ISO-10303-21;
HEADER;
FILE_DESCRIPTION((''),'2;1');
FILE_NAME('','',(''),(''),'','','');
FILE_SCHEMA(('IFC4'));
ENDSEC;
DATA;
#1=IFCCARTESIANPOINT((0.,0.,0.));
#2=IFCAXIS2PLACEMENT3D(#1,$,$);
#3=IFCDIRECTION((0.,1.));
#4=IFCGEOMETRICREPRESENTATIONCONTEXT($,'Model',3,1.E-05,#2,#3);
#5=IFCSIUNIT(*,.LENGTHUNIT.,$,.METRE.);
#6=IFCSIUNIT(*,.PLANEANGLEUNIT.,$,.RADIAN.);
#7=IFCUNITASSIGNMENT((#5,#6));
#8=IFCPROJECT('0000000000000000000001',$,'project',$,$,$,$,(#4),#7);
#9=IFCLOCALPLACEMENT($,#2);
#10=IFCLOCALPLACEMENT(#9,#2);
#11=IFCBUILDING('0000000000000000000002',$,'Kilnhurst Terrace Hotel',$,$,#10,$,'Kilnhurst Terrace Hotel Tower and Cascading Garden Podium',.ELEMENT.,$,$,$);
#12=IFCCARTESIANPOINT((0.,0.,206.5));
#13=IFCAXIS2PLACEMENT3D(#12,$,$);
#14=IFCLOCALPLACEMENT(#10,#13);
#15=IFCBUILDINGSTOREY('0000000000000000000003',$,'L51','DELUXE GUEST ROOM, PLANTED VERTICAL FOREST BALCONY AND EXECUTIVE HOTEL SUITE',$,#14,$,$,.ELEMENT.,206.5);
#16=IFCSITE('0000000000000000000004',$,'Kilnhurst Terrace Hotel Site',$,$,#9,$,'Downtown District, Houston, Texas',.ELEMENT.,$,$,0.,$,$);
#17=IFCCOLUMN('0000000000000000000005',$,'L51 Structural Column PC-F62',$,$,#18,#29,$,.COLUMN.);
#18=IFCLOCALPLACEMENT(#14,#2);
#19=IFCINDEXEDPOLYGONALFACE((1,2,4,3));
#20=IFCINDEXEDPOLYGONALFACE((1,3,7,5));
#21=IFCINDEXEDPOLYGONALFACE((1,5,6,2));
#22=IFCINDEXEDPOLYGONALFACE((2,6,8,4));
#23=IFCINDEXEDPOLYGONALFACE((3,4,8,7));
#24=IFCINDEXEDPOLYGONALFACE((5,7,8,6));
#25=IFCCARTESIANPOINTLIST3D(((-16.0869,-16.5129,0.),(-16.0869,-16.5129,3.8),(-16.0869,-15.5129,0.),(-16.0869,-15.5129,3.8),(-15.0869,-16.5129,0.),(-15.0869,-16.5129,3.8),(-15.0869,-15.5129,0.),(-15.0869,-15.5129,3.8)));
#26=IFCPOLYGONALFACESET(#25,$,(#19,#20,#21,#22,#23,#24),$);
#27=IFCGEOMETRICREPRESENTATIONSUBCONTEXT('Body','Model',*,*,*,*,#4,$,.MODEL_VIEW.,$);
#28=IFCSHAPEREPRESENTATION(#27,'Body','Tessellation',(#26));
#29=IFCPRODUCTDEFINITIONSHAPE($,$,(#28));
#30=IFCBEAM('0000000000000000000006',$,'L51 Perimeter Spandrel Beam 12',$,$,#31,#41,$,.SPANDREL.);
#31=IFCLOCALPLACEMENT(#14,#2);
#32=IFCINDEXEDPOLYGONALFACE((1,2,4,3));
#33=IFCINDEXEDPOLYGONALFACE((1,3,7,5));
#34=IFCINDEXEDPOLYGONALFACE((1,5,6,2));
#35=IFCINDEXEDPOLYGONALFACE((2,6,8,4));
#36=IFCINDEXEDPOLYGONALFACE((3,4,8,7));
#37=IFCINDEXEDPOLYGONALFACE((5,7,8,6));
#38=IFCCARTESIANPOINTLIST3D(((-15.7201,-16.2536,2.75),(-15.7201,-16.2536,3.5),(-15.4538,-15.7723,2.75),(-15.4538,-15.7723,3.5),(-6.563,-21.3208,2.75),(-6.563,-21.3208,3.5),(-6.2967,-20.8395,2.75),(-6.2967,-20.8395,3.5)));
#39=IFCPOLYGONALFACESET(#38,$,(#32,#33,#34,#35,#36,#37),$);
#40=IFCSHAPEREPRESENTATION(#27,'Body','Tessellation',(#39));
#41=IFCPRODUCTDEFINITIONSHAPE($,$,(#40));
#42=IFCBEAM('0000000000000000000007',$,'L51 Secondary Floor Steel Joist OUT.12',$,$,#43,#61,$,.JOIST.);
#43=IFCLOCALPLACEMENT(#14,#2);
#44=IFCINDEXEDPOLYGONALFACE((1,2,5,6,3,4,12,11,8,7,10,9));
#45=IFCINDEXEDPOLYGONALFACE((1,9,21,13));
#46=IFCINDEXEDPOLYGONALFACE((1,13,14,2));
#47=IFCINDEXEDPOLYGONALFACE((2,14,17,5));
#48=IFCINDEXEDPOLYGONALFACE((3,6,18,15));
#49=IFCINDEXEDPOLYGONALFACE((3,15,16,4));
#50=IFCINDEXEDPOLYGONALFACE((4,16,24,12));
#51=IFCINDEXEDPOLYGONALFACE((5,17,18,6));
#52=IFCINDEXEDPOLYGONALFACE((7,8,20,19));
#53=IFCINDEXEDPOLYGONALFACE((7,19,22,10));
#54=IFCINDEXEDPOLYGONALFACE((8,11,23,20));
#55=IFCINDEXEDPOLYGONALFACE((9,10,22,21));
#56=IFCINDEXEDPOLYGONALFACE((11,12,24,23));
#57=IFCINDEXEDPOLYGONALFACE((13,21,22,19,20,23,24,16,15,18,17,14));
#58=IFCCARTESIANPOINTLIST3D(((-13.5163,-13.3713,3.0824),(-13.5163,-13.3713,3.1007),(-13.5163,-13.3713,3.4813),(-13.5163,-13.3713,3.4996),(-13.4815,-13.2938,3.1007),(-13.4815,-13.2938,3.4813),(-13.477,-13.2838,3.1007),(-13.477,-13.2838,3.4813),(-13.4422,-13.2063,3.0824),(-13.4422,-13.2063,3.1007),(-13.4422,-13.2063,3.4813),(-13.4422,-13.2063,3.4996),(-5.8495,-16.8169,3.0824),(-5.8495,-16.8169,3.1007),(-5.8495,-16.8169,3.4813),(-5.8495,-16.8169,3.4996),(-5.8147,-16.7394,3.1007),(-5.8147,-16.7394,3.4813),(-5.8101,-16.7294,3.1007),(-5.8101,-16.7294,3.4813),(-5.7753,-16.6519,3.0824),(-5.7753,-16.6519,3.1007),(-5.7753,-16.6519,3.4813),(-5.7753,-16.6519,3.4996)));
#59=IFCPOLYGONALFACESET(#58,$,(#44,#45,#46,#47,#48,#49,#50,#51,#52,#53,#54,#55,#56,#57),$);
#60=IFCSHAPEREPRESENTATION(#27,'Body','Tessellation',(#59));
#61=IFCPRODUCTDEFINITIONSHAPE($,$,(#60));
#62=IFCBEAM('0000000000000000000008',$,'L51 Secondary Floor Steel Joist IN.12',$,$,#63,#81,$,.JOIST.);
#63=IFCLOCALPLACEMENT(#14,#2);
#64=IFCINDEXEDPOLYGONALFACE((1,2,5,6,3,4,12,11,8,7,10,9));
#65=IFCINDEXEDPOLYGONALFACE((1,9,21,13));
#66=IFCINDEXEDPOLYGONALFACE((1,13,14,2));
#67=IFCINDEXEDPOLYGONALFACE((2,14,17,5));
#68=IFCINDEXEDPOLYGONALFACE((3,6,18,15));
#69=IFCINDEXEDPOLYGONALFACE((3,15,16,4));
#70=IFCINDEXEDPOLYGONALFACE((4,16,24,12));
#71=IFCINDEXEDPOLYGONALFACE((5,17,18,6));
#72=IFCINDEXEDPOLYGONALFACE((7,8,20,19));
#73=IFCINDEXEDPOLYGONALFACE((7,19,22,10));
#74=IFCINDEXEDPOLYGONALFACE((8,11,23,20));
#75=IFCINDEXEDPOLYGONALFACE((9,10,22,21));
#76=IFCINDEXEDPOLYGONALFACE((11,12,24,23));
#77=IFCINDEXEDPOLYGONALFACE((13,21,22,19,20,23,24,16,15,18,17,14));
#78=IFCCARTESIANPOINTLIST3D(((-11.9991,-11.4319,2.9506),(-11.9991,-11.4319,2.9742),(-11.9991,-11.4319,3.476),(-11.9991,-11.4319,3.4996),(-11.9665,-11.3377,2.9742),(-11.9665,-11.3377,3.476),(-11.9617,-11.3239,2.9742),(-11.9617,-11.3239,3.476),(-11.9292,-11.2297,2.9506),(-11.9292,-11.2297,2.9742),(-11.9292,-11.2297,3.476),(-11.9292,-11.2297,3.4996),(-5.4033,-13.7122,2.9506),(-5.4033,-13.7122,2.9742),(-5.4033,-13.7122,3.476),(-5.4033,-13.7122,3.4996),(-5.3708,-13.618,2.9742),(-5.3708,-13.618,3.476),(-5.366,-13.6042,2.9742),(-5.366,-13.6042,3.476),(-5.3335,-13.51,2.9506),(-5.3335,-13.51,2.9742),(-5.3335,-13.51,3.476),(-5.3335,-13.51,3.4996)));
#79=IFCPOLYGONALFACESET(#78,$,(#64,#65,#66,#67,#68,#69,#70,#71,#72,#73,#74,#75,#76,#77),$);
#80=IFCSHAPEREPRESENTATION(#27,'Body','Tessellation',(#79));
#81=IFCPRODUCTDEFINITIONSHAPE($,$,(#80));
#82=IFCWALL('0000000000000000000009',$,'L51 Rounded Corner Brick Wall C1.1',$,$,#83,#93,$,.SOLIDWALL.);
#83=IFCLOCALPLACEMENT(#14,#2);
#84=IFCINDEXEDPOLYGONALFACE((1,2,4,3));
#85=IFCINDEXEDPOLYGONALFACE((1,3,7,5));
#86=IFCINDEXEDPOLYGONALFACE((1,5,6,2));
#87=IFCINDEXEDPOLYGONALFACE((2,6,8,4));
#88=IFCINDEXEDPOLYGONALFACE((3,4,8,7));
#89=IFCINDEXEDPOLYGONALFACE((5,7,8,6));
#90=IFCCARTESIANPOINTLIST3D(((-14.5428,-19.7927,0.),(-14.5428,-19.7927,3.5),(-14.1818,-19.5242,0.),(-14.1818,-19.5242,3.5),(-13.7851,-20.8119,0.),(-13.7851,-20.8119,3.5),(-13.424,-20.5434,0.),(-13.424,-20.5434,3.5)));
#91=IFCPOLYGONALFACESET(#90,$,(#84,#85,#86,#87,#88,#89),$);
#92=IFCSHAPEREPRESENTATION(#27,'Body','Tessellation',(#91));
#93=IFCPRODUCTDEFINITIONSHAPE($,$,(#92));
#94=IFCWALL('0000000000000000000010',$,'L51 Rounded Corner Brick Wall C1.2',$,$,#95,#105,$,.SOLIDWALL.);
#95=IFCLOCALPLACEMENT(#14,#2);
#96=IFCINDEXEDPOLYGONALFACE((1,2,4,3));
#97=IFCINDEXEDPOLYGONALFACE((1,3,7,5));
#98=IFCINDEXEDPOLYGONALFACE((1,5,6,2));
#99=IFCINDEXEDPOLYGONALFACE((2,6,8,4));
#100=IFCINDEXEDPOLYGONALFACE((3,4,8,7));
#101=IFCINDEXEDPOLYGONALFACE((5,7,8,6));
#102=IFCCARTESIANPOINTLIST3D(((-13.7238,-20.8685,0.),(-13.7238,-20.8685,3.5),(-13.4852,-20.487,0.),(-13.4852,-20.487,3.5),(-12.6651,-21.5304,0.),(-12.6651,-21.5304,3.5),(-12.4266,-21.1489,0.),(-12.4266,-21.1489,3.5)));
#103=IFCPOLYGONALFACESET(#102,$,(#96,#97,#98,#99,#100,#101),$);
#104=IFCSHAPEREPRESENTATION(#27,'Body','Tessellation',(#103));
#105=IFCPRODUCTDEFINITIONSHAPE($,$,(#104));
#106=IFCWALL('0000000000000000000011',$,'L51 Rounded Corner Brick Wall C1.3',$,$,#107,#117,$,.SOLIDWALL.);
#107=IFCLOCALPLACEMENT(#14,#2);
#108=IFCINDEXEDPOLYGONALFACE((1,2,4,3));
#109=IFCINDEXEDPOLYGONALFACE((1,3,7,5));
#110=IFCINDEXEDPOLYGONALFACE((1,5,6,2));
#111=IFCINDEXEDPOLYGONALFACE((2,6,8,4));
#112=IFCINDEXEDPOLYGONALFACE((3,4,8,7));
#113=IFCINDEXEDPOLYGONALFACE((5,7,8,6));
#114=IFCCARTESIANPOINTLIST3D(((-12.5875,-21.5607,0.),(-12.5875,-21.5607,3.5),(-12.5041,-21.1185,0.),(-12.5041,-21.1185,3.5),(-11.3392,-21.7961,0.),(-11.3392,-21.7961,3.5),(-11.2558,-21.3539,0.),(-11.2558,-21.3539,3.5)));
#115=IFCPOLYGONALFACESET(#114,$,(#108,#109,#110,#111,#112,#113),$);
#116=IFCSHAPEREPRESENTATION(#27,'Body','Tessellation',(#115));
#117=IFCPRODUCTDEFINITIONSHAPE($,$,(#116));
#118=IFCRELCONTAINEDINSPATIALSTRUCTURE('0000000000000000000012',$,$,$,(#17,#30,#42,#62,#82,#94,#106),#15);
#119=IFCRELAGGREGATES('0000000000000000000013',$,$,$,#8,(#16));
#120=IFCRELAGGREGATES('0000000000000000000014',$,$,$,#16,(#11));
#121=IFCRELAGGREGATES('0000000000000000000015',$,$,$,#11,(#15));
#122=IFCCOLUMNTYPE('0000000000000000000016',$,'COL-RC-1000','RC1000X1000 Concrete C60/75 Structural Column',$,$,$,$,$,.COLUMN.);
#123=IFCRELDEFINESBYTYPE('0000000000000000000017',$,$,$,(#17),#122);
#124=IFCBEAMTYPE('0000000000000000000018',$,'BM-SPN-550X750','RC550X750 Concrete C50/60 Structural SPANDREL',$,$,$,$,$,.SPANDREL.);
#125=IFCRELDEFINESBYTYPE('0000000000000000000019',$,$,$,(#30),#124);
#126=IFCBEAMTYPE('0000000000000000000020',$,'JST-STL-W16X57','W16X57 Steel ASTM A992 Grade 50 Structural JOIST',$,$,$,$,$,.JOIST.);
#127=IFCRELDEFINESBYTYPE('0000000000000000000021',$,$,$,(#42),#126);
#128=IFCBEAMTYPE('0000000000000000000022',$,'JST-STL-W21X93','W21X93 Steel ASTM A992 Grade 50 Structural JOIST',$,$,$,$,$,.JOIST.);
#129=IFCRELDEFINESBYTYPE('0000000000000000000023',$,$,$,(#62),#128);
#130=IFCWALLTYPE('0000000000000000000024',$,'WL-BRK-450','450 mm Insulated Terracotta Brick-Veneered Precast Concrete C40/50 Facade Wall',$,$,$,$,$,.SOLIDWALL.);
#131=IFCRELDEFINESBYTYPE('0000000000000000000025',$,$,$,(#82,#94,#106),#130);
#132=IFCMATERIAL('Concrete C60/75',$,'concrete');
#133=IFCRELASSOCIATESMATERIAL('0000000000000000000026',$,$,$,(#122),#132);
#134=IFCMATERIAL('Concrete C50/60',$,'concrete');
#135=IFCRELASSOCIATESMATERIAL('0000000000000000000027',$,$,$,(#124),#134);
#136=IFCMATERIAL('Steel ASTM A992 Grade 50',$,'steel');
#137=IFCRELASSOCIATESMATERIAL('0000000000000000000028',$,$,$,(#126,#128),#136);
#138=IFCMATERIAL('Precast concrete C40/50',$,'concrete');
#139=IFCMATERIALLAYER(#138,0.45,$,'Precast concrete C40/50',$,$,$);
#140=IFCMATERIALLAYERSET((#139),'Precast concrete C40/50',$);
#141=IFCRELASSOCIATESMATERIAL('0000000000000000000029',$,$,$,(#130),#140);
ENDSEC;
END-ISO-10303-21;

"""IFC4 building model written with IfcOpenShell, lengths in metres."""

from ifc_helpers import new_model, si_unit, direction, frame, frame_2d, origin, origin_2d, place, context, subcontext, project, spatial, rectangle, i_section, extrude, material, layer, layer_set, material_profile, profile_set, type_object, element, save


model = new_model("IFC4")

# Units and contexts
model_context = context("Model", 3, precision=1e-05, world=origin(), true_north=direction((0.0, 1.0)))
body_context = subcontext(model_context, "Body", "Model", "MODEL_VIEW")
ifc_project = project(units=[si_unit("LENGTHUNIT", "METRE"), si_unit("PLANEANGLEUNIT", "RADIAN")], contexts=[model_context])

# Site, building, storey
site_placement = place(None, origin())
site = spatial("IfcSite", under=ifc_project, at=site_placement, Name="Kilnhurst Terrace Hotel Site", LongName="Downtown District, Houston, Texas", CompositionType="ELEMENT", RefElevation=0.0)
building_placement = place(site_placement, origin())
building = spatial("IfcBuilding", under=site, at=building_placement, Name="Kilnhurst Terrace Hotel", LongName="Kilnhurst Terrace Hotel Tower and Cascading Garden Podium", CompositionType="ELEMENT")
storey_placement = place(building_placement, frame((0.0, 0.0, 206.5)))
storey = spatial("IfcBuildingStorey", under=building, at=storey_placement, Name="L51", Description="DELUXE GUEST ROOM, PLANTED VERTICAL FOREST BALCONY AND EXECUTIVE HOTEL SUITE", CompositionType="ELEMENT", Elevation=206.5)

# Column
ifc_material_1 = material(Name="Concrete C60/75", Category="concrete")
ifc_material_profile_1 = material_profile(ifc_material_1, rectangle(XDim=1.0, YDim=1.0, at=origin_2d()), Name="RC1000X1000")
ifc_profile_set_1 = profile_set([ifc_material_profile_1], Name="Concrete C60/75")
column_type = type_object("IfcColumnType", Name="COL-RC-1000", Description="RC1000X1000 Concrete C60/75 Structural Column", PredefinedType="COLUMN", material=ifc_profile_set_1)
column_placement = place(storey_placement, frame((-15.5869, -16.0129, 0.0), z_axis=(0.0, 0.0, 1.0), x_axis=(1.0, 0.0, 0.0)))
element("IfcColumn", 1, at=column_placement, inside=storey, type_object=column_type, Name="L51 Structural Column PC-F62", PredefinedType="COLUMN", context=body_context, shape_type="SweptSolid", body=[
    extrude(rectangle(XDim=1.0, YDim=1.0, at=origin_2d()), origin(), (0.0, 0.0, 1.0), 3.8),
])

# Beams
ifc_material_2 = material(Name="Concrete C50/60", Category="concrete")
ifc_material_profile_2 = material_profile(ifc_material_2, rectangle(XDim=0.55, YDim=0.75, at=origin_2d()), Name="RC550X750")
ifc_profile_set_2 = profile_set([ifc_material_profile_2], Name="Concrete C50/60")
beam_type_1 = type_object("IfcBeamType", Name="BM-SPN-550X750", Description="RC550X750 Concrete C50/60 Structural SPANDREL", PredefinedType="SPANDREL", material=ifc_profile_set_2)
beam_1_placement = place(storey_placement, frame((-15.5869, -16.0129, 3.125), z_axis=(0.87497, -0.484177, 0.0), x_axis=(0.484177, 0.87497, 0.0)))
element("IfcBeam", 2, at=beam_1_placement, inside=storey, type_object=beam_type_1, Name="L51 Perimeter Spandrel Beam 12", PredefinedType="SPANDREL", context=body_context, shape_type="SweptSolid", body=[
    extrude(rectangle(XDim=0.55, YDim=0.75, at=origin_2d()), origin(), (0.0, 0.0, 1.0), 10.4656),
])
ifc_material_3 = material(Name="Steel ASTM A992 Grade 50", Category="steel")
ifc_material_profile_3 = material_profile(ifc_material_3, i_section(OverallWidth=0.1809, OverallDepth=0.4172, WebThickness=0.011, FlangeThickness=0.0183, at=origin_2d()), Name="W16X57")
ifc_profile_set_3 = profile_set([ifc_material_profile_3], Name="Steel ASTM A992 Grade 50")
beam_type_2 = type_object("IfcBeamType", Name="JST-STL-W16X57", Description="W16X57 Steel ASTM A992 Grade 50 Structural JOIST", PredefinedType="JOIST", material=ifc_profile_set_3)
beam_2_placement = place(storey_placement, frame((-13.4792, -13.2888, 3.291), z_axis=(0.912121, -0.409921, 0.0), x_axis=(0.409921, 0.912121, 0.0)))
element("IfcBeam", 3, at=beam_2_placement, inside=storey, type_object=beam_type_2, Name="L51 Secondary Floor Steel Joist OUT.12", PredefinedType="JOIST", context=body_context, shape_type="SweptSolid", body=[
    extrude(i_section(OverallWidth=0.1809, OverallDepth=0.4172, WebThickness=0.011, FlangeThickness=0.0183, at=origin_2d()), origin(), (0.0, 0.0, 1.0), 8.4055),
])
ifc_material_profile_4 = material_profile(ifc_material_3, i_section(OverallWidth=0.2139, OverallDepth=0.5491, WebThickness=0.0146, FlangeThickness=0.0237, at=origin_2d()), Name="W21X93")
ifc_profile_set_4 = profile_set([ifc_material_profile_4], Name="Steel ASTM A992 Grade 50")
beam_type_3 = type_object("IfcBeamType", Name="JST-STL-W21X93", Description="W21X93 Steel ASTM A992 Grade 50 Structural JOIST", PredefinedType="JOIST", material=ifc_profile_set_4)
beam_3_placement = place(storey_placement, frame((-11.9641, -11.3308, 3.2251), z_axis=(0.945112, -0.326745, 0.0), x_axis=(0.326745, 0.945112, 0.0)))
element("IfcBeam", 4, at=beam_3_placement, inside=storey, type_object=beam_type_3, Name="L51 Secondary Floor Steel Joist IN.12", PredefinedType="JOIST", context=body_context, shape_type="SweptSolid", body=[
    extrude(i_section(OverallWidth=0.2139, OverallDepth=0.5491, WebThickness=0.0146, FlangeThickness=0.0237, at=origin_2d()), origin(), (0.0, 0.0, 1.0), 6.9788),
])

# Walls
ifc_material_4 = material(Name="Precast concrete C40/50", Category="concrete")
ifc_layer_1 = layer(ifc_material_4, 0.45, Name="Precast concrete C40/50")
ifc_layer_set_1 = layer_set([ifc_layer_1], Name="Precast concrete C40/50")
wall_type_1 = type_object("IfcWallType", Name="WL-BRK-450", Description="450 mm Insulated Terracotta Brick-Veneered Precast Concrete C40/50 Facade Wall", PredefinedType="SOLIDWALL", material=ifc_layer_set_1)
wall_1_placement = place(storey_placement, frame((-14.3623, -19.6584, 0.0), z_axis=(0.0, 0.0, 1.0), x_axis=(0.596642, -0.802507, 0.0)))
element("IfcWall", 5, at=wall_1_placement, inside=storey, type_object=wall_type_1, Name="L51 Rounded Corner Brick Wall C1.1", PredefinedType="SOLIDWALL", context=body_context, shape_type="SweptSolid", body=[
    extrude(rectangle(XDim=1.27, YDim=0.45, at=frame_2d((0.635, 0.0))), origin(), (0.0, 0.0, 1.0), 3.5),
])
wall_2_placement = place(storey_placement, frame((-13.6045, -20.6777, 0.0), z_axis=(0.0, 0.0, 1.0), x_axis=(0.84791, -0.53014, 0.0)))
element("IfcWall", 6, at=wall_2_placement, inside=storey, type_object=wall_type_1, Name="L51 Rounded Corner Brick Wall C1.2", PredefinedType="SOLIDWALL", context=body_context, shape_type="SweptSolid", body=[
    extrude(rectangle(XDim=1.2485, YDim=0.45, at=frame_2d((0.6243, 0.0))), origin(), (0.0, 0.0, 1.0), 3.5),
])
wall_3_placement = place(storey_placement, frame((-12.5459, -21.3396, 0.0), z_axis=(0.0, 0.0, 1.0), x_axis=(0.982687, -0.185275, 0.0)))
element("IfcWall", 7, at=wall_3_placement, inside=storey, type_object=wall_type_1, Name="L51 Rounded Corner Brick Wall C1.3", PredefinedType="SOLIDWALL", context=body_context, shape_type="SweptSolid", body=[
    extrude(rectangle(XDim=1.2703, YDim=0.45, at=frame_2d((0.6353, 0.0))), origin(), (0.0, 0.0, 1.0), 3.5),
])

save(model, "model.ifc")
